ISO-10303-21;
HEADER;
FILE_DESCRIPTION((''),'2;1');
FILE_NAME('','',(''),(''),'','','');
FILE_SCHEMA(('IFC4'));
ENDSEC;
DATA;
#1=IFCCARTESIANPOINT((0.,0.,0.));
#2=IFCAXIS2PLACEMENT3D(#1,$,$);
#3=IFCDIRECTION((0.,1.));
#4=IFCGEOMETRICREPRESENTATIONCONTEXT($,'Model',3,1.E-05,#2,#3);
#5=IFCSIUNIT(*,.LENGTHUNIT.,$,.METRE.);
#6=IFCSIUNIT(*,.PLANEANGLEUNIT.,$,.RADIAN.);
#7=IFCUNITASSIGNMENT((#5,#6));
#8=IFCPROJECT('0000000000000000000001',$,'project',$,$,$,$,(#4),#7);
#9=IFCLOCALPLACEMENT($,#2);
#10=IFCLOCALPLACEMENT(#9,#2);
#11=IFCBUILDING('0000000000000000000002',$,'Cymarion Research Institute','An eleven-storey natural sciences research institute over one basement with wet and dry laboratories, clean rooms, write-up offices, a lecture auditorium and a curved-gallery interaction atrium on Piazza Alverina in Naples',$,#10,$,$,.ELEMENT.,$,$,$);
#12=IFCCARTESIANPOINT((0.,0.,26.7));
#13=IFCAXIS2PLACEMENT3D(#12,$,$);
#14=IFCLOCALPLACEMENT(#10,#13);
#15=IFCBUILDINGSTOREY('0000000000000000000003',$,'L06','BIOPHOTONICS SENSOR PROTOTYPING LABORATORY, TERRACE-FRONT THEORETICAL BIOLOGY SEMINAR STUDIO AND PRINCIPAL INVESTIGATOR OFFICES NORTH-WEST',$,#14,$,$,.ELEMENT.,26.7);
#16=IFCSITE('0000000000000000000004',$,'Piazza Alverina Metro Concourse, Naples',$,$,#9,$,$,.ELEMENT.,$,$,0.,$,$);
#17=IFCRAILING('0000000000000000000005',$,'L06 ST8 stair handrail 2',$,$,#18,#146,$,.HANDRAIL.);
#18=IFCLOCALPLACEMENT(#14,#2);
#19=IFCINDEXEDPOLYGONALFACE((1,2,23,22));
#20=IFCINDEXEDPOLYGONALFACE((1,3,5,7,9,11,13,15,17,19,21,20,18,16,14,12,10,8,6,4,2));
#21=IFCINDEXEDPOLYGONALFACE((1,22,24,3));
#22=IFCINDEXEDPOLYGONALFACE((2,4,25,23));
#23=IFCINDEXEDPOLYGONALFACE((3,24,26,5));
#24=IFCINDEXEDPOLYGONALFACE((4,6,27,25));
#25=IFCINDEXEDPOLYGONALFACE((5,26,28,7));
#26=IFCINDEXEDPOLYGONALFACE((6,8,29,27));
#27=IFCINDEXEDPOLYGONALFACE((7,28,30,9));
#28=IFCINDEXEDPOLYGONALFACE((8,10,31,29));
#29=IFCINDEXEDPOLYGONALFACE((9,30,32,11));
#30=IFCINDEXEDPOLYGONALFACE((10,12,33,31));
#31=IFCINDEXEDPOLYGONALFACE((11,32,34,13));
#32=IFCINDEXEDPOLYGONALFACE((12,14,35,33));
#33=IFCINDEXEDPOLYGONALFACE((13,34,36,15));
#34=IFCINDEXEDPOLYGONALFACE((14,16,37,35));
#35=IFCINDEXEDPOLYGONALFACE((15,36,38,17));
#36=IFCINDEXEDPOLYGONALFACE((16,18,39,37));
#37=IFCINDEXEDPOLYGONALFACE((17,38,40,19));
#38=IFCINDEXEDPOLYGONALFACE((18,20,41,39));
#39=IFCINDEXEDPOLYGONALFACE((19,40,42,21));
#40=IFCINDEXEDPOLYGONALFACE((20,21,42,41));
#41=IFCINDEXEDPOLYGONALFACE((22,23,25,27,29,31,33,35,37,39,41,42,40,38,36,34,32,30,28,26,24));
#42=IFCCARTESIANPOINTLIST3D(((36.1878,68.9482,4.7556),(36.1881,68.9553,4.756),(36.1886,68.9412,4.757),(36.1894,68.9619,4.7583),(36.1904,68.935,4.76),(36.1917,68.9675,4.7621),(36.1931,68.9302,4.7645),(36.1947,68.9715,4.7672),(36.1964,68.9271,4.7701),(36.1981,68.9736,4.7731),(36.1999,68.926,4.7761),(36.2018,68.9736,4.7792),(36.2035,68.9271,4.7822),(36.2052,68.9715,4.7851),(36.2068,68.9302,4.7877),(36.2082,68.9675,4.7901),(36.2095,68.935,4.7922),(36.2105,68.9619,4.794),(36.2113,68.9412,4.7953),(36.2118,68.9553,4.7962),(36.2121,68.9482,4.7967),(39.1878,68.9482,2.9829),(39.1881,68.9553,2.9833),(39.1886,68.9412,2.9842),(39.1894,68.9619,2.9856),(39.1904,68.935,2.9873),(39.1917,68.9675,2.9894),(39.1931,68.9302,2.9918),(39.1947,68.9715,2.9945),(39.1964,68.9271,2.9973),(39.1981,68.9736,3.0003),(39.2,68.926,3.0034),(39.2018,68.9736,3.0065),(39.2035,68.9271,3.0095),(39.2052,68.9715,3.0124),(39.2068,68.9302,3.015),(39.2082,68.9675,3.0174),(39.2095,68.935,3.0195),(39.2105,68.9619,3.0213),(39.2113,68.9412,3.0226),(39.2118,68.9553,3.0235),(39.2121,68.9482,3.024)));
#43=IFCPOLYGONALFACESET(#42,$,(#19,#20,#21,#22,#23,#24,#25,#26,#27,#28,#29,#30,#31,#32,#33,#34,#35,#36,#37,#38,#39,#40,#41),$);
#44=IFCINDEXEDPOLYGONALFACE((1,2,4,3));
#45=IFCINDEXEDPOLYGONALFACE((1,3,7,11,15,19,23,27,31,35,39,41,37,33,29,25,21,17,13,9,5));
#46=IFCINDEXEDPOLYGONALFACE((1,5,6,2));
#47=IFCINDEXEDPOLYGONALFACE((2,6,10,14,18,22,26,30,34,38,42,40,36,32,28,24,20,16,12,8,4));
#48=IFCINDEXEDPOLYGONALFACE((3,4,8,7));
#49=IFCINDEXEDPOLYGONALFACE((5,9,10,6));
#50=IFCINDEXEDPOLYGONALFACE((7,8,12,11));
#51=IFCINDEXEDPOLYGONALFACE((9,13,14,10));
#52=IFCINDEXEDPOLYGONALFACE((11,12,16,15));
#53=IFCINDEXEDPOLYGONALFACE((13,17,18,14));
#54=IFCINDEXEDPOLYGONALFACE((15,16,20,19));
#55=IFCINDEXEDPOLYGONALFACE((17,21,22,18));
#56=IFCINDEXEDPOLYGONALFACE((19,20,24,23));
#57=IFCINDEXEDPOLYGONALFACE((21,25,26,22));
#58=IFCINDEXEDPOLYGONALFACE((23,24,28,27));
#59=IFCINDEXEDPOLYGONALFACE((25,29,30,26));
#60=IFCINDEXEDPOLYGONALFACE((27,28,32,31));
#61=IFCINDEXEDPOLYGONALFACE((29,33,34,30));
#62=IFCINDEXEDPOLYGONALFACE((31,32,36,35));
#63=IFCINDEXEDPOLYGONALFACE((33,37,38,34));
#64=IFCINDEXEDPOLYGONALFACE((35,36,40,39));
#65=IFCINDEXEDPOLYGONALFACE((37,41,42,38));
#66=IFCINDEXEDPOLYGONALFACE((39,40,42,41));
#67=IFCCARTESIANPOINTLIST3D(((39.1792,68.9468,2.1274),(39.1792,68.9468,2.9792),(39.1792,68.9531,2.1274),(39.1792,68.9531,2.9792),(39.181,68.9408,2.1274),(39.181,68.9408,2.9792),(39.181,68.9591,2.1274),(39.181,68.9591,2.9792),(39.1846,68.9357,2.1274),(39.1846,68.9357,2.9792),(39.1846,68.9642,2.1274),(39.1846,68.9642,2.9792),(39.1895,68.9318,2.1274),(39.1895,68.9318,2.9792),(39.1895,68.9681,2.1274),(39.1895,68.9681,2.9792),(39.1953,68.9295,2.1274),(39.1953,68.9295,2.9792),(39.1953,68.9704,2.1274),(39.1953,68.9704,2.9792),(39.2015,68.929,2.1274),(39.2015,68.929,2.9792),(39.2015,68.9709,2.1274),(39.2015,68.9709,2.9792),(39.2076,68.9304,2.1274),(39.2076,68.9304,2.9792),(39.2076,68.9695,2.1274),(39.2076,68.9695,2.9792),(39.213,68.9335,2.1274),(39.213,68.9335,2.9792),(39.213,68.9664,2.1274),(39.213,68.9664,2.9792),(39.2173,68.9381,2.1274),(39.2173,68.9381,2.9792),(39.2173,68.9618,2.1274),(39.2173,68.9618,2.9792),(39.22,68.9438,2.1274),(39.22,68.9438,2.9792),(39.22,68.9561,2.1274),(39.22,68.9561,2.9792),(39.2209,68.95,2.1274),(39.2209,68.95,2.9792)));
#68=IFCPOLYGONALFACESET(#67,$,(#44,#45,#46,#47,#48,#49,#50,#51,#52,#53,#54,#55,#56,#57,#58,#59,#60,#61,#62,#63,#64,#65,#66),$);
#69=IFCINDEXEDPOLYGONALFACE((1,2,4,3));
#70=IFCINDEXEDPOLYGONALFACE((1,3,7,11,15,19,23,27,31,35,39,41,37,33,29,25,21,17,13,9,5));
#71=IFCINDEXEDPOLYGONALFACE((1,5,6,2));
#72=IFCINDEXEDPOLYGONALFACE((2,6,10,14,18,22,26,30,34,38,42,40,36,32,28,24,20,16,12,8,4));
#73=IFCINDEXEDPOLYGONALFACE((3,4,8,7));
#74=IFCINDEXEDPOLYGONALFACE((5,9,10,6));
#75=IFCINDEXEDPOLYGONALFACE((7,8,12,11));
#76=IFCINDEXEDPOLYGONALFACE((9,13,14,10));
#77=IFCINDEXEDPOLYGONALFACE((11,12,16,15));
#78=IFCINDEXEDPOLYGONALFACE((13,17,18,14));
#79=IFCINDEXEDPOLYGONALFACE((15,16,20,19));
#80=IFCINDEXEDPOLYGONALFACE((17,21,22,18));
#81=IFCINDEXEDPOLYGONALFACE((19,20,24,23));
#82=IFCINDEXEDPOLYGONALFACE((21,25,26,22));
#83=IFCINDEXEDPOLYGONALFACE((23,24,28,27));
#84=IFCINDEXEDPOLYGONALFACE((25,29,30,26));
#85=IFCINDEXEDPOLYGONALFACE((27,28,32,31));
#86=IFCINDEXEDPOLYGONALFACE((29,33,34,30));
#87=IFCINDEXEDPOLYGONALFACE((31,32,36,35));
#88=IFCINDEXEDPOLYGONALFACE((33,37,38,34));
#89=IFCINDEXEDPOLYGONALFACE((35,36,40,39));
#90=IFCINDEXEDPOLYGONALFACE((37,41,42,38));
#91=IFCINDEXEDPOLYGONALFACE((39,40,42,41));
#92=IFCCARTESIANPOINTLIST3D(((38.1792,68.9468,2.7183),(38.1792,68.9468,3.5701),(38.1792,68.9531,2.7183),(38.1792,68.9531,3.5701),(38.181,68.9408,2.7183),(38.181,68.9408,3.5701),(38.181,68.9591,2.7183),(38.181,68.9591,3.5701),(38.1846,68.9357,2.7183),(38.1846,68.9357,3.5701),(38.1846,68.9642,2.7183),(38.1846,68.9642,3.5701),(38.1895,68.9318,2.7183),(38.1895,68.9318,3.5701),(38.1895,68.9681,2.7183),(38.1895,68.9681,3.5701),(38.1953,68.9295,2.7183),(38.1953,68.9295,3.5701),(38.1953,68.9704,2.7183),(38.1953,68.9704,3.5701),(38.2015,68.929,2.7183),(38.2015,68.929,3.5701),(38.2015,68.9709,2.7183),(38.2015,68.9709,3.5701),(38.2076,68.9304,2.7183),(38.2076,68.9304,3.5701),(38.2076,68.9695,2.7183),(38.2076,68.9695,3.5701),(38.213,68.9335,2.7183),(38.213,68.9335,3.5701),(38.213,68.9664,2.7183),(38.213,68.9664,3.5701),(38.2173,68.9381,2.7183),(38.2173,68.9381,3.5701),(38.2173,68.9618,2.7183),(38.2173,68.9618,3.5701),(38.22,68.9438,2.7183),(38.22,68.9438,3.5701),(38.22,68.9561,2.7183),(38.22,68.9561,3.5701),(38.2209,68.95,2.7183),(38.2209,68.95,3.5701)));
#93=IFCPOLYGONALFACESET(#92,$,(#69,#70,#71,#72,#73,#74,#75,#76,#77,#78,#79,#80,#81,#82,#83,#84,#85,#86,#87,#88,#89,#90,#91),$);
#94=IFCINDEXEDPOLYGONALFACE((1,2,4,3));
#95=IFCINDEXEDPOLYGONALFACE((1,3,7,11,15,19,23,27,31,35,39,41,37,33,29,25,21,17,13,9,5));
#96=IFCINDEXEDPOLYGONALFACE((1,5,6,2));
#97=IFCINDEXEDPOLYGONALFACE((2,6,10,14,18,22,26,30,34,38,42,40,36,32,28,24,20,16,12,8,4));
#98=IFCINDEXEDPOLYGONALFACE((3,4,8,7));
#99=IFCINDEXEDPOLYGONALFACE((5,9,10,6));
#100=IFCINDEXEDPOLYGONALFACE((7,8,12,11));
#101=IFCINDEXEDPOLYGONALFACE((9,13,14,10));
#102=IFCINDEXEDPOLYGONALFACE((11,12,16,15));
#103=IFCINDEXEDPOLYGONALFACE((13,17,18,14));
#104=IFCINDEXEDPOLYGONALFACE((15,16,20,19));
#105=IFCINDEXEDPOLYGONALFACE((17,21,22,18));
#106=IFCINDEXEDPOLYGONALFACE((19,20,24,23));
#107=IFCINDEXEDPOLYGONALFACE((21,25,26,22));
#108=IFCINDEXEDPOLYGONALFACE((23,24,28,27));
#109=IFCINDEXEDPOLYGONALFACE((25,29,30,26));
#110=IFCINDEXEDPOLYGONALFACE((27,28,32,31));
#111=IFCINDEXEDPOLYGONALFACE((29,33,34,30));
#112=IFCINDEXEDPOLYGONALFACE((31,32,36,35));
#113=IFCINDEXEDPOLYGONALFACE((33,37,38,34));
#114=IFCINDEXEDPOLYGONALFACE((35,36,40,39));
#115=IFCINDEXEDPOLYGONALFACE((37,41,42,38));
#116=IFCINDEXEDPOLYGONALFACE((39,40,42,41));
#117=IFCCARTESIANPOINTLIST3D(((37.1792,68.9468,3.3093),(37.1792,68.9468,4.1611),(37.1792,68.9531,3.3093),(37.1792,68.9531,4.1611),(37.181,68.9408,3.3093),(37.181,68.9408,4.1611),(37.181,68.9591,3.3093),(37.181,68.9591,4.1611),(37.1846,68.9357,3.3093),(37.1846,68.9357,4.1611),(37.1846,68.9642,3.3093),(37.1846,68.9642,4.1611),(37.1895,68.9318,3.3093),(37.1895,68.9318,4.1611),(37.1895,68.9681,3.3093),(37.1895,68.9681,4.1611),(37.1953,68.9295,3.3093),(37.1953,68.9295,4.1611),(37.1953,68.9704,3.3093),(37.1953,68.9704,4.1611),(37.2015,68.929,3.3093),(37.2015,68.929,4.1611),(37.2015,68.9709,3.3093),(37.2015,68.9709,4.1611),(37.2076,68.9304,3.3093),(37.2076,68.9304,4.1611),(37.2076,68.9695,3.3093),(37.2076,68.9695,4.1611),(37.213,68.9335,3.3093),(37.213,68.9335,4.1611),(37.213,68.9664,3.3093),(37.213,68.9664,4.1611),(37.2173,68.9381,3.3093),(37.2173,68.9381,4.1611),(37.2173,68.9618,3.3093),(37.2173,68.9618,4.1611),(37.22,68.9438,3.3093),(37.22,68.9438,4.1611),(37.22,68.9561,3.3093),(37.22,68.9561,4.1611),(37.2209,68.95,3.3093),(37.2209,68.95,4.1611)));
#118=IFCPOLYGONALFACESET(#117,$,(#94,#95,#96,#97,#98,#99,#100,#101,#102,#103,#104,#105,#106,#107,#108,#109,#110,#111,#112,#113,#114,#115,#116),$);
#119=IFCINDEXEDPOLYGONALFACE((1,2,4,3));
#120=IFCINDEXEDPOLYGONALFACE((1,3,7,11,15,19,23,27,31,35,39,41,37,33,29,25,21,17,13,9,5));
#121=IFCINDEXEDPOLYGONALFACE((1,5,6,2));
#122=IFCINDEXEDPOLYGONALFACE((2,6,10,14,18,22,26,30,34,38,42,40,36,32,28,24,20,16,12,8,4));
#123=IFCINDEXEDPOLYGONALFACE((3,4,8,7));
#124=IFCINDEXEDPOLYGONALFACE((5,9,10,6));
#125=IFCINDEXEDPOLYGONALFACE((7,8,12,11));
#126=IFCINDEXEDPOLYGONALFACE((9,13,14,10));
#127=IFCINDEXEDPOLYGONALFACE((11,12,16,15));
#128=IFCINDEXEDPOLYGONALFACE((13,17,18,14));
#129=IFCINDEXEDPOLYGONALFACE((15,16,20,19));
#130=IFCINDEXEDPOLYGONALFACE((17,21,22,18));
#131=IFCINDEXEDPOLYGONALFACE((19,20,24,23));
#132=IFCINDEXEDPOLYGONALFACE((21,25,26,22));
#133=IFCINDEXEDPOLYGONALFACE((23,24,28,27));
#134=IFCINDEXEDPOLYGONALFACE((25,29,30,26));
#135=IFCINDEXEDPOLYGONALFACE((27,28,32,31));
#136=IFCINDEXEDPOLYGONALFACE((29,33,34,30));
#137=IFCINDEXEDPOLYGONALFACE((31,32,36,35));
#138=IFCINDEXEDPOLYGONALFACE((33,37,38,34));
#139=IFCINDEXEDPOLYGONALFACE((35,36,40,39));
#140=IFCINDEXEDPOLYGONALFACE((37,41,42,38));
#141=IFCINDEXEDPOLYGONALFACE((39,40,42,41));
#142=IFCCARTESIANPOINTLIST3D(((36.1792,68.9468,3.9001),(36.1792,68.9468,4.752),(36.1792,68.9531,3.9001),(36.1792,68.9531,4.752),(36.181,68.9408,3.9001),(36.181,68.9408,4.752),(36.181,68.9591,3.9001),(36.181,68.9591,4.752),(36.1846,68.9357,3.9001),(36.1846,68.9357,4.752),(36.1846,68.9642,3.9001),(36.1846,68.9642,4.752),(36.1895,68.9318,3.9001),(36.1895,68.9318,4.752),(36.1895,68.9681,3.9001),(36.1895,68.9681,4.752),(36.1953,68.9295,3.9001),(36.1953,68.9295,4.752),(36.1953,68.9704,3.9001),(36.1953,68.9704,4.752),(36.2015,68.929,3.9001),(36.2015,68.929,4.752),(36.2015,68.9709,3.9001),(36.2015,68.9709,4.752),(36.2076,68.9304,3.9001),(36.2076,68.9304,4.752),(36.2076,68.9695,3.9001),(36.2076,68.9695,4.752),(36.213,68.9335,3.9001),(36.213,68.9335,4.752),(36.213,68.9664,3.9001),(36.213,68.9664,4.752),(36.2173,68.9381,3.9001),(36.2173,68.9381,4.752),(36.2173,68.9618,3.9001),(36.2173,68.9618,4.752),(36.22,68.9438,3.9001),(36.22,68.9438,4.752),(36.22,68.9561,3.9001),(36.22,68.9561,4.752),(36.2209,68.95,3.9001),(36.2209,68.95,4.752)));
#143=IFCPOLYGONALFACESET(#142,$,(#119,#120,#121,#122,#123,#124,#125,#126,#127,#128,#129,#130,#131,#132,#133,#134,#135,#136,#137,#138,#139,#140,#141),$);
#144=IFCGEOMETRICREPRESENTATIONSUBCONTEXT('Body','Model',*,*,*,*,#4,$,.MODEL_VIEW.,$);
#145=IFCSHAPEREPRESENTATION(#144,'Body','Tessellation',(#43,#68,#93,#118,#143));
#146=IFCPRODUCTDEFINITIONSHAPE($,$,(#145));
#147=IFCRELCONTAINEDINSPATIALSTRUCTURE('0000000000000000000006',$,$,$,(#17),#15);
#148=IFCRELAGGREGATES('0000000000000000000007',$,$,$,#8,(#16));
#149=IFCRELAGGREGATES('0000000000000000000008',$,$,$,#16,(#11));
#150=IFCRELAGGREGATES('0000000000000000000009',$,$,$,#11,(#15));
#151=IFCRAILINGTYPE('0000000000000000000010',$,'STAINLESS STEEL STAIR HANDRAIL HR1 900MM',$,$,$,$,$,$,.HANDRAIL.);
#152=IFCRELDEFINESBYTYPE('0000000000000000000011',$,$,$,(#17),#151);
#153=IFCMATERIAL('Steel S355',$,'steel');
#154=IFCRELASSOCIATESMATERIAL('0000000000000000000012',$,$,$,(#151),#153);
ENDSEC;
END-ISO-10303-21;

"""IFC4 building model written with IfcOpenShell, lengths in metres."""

from ifc_helpers import new_model, si_unit, direction, frame, origin, origin_2d, place, context, subcontext, project, spatial, circle, extrude, material, type_object, element, save


model = new_model("IFC4")

# Units and contexts
model_context = context("Model", 3, precision=1e-05, world=origin(), true_north=direction((0.0, 1.0)))
body_context = subcontext(model_context, "Body", "Model", "MODEL_VIEW")
ifc_project = project(units=[si_unit("LENGTHUNIT", "METRE"), si_unit("PLANEANGLEUNIT", "RADIAN")], contexts=[model_context])

# Site, building, storey
site_placement = place(None, origin())
site = spatial("IfcSite", under=ifc_project, at=site_placement, Name="Piazza Alverina Metro Concourse, Naples", CompositionType="ELEMENT", RefElevation=0.0)
building_placement = place(site_placement, origin())
building = spatial("IfcBuilding", under=site, at=building_placement, Name="Cymarion Research Institute", Description="An eleven-storey natural sciences research institute over one basement with wet and dry laboratories, clean rooms, write-up offices, a lecture auditorium and a curved-gallery interaction atrium on Piazza Alverina in Naples", CompositionType="ELEMENT")
storey_placement = place(building_placement, frame((0.0, 0.0, 26.7)))
storey = spatial("IfcBuildingStorey", under=building, at=storey_placement, Name="L06", Description="BIOPHOTONICS SENSOR PROTOTYPING LABORATORY, TERRACE-FRONT THEORETICAL BIOLOGY SEMINAR STUDIO AND PRINCIPAL INVESTIGATOR OFFICES NORTH-WEST", CompositionType="ELEMENT", Elevation=26.7)

# Railing
ifc_material_1 = material(Name="Steel S355", Category="steel")
railing_type_1 = type_object("IfcRailingType", Name="STAINLESS STEEL STAIR HANDRAIL HR1 900MM", PredefinedType="HANDRAIL", material=ifc_material_1)
railing_1_placement = place(storey_placement, frame((39.2, 68.95, 2.1274)))
element("IfcRailing", 1, at=railing_1_placement, inside=storey, type_object=railing_type_1, Name="L06 ST8 stair handrail 2", PredefinedType="HANDRAIL", context=body_context, shape_type="SweptSolid", body=[
    extrude(circle(Radius=0.0239, at=origin_2d()), frame((0.0, 0.0, 0.876), z_axis=(-0.860929, 0.0, 0.508725), x_axis=(0.0, -1.0, 0.0)), (0.0, 0.0, 1.0), 3.4846),
    extrude(circle(Radius=0.021, at=origin_2d()), origin(), (0.0, 0.0, 1.0), 0.8518),
    extrude(circle(Radius=0.021, at=origin_2d()), frame((-1.0, 0.0, 0.5908)), (0.0, 0.0, 1.0), 0.8518),
    extrude(circle(Radius=0.021, at=origin_2d()), frame((-2.0, 0.0, 1.1819)), (0.0, 0.0, 1.0), 0.8518),
    extrude(circle(Radius=0.021, at=origin_2d()), frame((-3.0, 0.0, 1.7727)), (0.0, 0.0, 1.0), 0.8518),
])

save(model, "model.ifc")
